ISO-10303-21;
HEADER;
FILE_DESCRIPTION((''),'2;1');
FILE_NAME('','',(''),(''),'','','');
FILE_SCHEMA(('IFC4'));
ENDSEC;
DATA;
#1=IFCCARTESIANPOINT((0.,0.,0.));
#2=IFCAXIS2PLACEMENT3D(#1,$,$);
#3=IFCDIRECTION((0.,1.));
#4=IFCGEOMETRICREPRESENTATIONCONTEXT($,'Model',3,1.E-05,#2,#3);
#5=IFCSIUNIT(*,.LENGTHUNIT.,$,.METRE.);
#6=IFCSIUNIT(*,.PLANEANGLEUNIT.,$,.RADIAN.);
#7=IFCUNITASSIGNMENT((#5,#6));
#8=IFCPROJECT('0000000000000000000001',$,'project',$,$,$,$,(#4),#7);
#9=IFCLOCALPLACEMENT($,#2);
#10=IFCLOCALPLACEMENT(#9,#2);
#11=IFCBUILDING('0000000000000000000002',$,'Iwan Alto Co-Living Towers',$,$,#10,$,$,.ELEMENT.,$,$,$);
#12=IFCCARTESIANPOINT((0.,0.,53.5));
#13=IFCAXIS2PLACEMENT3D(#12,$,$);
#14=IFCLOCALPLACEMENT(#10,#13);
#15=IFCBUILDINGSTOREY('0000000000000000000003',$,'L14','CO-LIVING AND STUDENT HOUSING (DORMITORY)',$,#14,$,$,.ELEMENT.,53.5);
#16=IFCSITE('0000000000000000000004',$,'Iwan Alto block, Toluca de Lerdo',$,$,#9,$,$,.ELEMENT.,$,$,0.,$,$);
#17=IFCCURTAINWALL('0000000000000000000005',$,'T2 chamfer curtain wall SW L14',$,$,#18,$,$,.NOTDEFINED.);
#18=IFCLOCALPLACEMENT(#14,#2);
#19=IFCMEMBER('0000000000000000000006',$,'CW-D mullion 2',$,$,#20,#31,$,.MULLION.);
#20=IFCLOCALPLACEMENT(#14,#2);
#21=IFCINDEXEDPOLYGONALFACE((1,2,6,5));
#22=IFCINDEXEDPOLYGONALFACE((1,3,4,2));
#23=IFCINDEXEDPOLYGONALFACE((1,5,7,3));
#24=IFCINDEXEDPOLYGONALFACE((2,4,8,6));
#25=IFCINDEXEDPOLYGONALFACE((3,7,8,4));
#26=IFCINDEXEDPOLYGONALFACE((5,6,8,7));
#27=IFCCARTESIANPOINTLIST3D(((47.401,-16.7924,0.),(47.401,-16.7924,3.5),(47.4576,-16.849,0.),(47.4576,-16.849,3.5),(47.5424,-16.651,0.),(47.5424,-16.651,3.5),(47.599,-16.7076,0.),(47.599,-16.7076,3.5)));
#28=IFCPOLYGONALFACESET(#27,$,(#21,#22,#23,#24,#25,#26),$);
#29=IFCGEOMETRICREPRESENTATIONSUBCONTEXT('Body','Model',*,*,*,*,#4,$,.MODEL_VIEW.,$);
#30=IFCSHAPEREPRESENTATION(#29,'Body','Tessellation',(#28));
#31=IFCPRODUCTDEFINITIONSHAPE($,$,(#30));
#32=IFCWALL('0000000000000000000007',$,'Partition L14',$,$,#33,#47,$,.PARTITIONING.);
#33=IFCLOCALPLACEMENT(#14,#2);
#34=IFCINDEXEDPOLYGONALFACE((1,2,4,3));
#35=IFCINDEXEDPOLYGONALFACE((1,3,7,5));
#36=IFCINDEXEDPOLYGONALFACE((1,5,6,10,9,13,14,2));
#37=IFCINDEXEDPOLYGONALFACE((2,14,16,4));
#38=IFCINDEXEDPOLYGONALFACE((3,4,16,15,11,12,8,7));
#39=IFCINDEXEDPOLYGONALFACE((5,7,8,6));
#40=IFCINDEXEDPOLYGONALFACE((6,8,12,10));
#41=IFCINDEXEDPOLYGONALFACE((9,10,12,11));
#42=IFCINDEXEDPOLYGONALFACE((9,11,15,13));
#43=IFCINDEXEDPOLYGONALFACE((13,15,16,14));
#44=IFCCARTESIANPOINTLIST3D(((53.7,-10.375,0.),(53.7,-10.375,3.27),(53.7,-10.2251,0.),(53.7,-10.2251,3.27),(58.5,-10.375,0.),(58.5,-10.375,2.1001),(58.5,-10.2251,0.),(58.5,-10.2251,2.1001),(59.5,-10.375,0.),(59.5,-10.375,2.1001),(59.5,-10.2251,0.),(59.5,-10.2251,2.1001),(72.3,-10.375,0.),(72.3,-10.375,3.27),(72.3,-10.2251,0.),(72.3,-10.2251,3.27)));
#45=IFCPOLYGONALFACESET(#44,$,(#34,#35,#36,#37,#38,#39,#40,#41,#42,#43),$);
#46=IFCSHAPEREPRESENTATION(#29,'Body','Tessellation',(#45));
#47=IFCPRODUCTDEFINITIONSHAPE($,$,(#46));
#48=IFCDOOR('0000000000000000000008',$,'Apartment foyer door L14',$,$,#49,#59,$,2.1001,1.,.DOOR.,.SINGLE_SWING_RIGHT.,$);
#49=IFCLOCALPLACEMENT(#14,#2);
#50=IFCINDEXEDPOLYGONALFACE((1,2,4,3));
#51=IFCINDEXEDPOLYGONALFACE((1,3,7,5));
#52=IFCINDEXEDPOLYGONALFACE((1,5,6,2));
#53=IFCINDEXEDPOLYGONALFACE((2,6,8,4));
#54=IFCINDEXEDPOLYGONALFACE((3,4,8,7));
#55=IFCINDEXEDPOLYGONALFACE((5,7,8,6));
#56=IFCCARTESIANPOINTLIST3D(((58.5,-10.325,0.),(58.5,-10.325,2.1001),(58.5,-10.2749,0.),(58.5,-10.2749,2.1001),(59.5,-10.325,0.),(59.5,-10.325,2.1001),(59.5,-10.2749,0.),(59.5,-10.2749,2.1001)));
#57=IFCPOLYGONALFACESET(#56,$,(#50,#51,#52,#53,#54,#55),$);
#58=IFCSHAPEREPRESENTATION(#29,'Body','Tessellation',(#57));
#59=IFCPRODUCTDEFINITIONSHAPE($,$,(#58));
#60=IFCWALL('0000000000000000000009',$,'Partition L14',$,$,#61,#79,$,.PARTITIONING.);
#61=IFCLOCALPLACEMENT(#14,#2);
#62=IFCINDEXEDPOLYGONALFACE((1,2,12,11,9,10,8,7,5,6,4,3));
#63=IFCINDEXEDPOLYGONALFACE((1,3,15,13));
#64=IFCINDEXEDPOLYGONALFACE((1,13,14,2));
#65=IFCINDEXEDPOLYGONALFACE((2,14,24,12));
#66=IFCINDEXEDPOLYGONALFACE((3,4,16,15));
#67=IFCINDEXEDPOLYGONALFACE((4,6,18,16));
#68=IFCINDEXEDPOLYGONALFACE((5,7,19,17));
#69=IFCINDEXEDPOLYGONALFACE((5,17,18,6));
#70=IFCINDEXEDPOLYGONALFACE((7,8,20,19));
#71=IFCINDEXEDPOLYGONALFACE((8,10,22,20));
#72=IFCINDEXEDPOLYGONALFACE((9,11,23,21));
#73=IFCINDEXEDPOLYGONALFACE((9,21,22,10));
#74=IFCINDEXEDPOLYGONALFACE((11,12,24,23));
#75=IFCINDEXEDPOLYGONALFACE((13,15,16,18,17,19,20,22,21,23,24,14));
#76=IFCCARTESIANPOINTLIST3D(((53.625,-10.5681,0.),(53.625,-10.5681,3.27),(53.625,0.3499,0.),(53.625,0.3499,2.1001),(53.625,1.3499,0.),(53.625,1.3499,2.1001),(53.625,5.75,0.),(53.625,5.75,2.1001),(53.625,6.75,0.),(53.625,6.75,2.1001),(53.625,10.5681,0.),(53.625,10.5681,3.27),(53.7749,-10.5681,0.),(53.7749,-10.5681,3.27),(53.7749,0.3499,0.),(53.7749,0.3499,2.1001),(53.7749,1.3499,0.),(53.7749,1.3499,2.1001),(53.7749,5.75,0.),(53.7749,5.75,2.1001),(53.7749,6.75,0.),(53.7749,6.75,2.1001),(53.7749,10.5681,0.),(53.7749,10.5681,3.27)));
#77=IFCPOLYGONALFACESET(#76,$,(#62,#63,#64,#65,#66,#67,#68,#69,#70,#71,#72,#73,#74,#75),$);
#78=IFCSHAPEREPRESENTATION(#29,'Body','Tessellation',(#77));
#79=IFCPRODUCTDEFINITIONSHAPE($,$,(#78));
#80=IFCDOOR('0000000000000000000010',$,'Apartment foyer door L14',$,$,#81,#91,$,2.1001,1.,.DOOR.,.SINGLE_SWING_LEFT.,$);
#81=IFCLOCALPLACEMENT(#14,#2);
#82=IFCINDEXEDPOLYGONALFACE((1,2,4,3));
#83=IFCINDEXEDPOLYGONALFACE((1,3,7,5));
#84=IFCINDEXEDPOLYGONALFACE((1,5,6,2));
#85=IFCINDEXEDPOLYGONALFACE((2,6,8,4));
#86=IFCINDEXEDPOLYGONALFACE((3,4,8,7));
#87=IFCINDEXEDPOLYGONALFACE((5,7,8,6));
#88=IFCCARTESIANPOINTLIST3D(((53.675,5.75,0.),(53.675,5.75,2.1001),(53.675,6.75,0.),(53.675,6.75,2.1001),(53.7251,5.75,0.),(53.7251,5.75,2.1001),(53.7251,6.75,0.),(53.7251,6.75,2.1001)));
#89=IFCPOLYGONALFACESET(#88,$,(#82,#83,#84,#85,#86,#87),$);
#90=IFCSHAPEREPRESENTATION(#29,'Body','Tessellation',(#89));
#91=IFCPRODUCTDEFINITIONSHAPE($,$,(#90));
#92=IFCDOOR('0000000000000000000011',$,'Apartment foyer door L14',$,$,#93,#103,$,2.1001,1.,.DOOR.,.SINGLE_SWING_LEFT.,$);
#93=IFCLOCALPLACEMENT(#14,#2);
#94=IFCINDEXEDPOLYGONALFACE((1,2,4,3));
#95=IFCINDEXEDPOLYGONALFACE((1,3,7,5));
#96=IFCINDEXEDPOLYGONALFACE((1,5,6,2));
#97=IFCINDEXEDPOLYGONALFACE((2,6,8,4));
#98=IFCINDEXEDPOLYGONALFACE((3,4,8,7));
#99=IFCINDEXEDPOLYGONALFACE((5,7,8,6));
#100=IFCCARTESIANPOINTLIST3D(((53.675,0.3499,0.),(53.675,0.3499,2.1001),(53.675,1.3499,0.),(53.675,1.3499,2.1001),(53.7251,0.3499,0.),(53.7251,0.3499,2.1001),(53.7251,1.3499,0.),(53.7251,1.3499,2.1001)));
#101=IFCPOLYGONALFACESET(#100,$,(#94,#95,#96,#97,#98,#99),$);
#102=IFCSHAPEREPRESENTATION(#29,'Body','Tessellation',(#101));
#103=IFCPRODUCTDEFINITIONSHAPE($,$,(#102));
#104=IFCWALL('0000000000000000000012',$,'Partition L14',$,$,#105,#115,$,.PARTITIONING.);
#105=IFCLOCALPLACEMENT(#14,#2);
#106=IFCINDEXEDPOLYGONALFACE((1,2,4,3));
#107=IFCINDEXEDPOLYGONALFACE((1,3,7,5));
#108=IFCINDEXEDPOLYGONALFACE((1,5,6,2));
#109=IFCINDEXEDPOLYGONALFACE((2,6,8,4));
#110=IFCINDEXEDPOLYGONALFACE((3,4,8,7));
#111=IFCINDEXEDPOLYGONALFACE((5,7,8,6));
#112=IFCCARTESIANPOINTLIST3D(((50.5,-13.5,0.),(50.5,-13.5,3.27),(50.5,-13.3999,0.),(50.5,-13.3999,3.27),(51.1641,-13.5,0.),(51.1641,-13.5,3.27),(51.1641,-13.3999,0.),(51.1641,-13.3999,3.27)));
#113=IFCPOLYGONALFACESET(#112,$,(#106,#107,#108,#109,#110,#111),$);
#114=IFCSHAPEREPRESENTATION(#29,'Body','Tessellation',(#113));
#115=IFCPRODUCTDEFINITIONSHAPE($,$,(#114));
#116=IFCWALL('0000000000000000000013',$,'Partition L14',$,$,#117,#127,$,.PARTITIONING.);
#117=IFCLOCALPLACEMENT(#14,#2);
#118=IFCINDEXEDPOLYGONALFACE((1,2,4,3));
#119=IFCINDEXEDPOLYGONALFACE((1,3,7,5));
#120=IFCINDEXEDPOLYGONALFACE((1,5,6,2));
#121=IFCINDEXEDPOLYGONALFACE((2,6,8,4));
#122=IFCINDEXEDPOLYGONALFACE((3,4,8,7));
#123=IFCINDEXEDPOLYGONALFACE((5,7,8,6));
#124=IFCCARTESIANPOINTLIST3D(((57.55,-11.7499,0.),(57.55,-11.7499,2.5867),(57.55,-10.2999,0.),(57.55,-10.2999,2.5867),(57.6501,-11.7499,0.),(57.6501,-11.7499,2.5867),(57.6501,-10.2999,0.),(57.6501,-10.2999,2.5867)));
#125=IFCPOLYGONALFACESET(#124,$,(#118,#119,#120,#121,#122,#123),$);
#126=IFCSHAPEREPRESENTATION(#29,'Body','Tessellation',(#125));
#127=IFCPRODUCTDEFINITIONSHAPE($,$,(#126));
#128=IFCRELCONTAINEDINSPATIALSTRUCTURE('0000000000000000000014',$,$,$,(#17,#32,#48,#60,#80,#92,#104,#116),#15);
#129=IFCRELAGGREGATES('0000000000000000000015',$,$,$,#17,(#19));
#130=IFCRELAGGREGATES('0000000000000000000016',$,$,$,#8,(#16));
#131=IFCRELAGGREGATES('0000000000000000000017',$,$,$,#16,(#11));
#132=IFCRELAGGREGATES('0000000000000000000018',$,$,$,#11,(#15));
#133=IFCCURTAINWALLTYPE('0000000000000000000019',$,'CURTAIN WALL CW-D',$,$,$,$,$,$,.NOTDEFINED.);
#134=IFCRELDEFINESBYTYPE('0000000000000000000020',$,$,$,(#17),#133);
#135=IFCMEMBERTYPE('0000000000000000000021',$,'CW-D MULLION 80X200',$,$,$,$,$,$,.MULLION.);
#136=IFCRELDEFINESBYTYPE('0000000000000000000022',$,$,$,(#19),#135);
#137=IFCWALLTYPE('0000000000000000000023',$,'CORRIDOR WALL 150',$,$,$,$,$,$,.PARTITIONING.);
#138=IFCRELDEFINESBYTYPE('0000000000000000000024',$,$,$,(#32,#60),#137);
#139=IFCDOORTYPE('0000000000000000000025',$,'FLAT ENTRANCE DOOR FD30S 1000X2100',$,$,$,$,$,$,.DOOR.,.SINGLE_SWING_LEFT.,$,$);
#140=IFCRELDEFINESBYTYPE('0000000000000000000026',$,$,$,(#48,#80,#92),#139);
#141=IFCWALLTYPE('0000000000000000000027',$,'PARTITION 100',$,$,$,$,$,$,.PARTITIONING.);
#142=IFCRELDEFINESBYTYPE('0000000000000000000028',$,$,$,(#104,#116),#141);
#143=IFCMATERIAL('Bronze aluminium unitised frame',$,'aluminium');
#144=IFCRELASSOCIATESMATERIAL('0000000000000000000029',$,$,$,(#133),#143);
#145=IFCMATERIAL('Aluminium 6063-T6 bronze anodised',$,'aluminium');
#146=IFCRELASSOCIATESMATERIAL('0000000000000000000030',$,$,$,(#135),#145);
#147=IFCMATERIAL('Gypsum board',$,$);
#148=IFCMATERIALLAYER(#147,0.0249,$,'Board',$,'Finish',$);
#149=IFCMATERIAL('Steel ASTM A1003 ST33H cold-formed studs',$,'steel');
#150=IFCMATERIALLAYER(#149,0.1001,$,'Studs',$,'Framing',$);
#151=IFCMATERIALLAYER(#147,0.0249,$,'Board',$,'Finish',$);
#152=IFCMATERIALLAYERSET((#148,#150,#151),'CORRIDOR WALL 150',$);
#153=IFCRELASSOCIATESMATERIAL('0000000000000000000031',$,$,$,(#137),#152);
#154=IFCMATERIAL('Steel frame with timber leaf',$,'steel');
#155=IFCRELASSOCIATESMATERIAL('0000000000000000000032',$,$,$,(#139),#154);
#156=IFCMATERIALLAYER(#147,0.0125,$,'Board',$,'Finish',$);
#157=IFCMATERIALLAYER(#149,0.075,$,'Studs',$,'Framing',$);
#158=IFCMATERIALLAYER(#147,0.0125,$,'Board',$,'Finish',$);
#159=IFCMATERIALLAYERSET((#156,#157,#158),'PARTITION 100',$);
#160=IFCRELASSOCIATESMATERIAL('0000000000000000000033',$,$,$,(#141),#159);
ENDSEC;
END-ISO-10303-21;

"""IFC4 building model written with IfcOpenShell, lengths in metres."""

from ifc_helpers import new_model, si_unit, direction, frame, frame_2d, origin, origin_2d, place, context, subcontext, project, spatial, rectangle, extrude, material, layer, layer_set, material_profile, profile_set, type_object, element, fill, aggregate, save


model = new_model("IFC4")

# Units and contexts
model_context = context("Model", 3, precision=1e-05, world=origin(), true_north=direction((0.0, 1.0)))
body_context = subcontext(model_context, "Body", "Model", "MODEL_VIEW")
ifc_project = project(units=[si_unit("LENGTHUNIT", "METRE"), si_unit("PLANEANGLEUNIT", "RADIAN")], contexts=[model_context])

# Site, building, storey
site_placement = place(None, origin())
site = spatial("IfcSite", under=ifc_project, at=site_placement, Name="Iwan Alto block, Toluca de Lerdo", CompositionType="ELEMENT", RefElevation=0.0)
building_placement = place(site_placement, origin())
building = spatial("IfcBuilding", under=site, at=building_placement, Name="Iwan Alto Co-Living Towers", CompositionType="ELEMENT")
storey_placement = place(building_placement, frame((0.0, 0.0, 53.5)))
storey = spatial("IfcBuildingStorey", under=building, at=storey_placement, Name="L14", Description="CO-LIVING AND STUDENT HOUSING (DORMITORY)", CompositionType="ELEMENT", Elevation=53.5)

# Curtain wall, member
ifc_material_1 = material(Name="Bronze aluminium unitised frame", Category="aluminium")
curtain_wall_type = type_object("IfcCurtainWallType", Name="CURTAIN WALL CW-D", PredefinedType="NOTDEFINED", material=ifc_material_1)
curtain_wall_placement = place(storey_placement, origin())
curtain_wall = element("IfcCurtainWall", 1, at=curtain_wall_placement, inside=storey, type_object=curtain_wall_type, Name="T2 chamfer curtain wall SW L14", PredefinedType="NOTDEFINED")
ifc_material_2 = material(Name="Aluminium 6063-T6 bronze anodised", Category="aluminium")
ifc_material_profile = material_profile(ifc_material_2, rectangle(XDim=0.2, YDim=0.0801, at=origin_2d()), Name="AL 80X200")
ifc_profile_set = profile_set([ifc_material_profile], Name="Aluminium 6063-T6 bronze anodised")
member_type = type_object("IfcMemberType", Name="CW-D MULLION 80X200", PredefinedType="MULLION", material=ifc_profile_set)
member_placement = place(storey_placement, frame((47.5, -16.75, 0.0), z_axis=(0.0, 0.0, 1.0), x_axis=(0.707107, 0.707107, 0.0)))
member = element("IfcMember", 2, at=member_placement, type_object=member_type, Name="CW-D mullion 2", PredefinedType="MULLION", context=body_context, shape_type="SweptSolid", body=[
    extrude(rectangle(XDim=0.2, YDim=0.0801, at=origin_2d()), origin(), (0.0, 0.0, 1.0), 3.5),
])
aggregate(curtain_wall, [member])

# Wall, opening, door
ifc_material_3 = material(Name="Gypsum board")
ifc_layer_1 = layer(ifc_material_3, 0.0249, Name="Board", Category="Finish")
ifc_material_4 = material(Name="Steel ASTM A1003 ST33H cold-formed studs", Category="steel")
ifc_layer_2 = layer(ifc_material_4, 0.1001, Name="Studs", Category="Framing")
ifc_layer_3 = layer(ifc_material_3, 0.0249, Name="Board", Category="Finish")
ifc_layer_set_1 = layer_set([ifc_layer_1, ifc_layer_2, ifc_layer_3], Name="CORRIDOR WALL 150")
wall_type_1 = type_object("IfcWallType", Name="CORRIDOR WALL 150", PredefinedType="PARTITIONING", material=ifc_layer_set_1)
wall_1_placement = place(storey_placement, frame((53.7, -10.3, 0.0), z_axis=(0.0, 0.0, 1.0), x_axis=(1.0, 0.0, 0.0)))
wall_1 = element("IfcWall", 3, at=wall_1_placement, inside=storey, type_object=wall_type_1, Name="Partition L14", PredefinedType="PARTITIONING", context=body_context, shape_type="SweptSolid", body=[
    extrude(rectangle(XDim=18.6001, YDim=0.1499, at=frame_2d((9.3, 0.0))), origin(), (0.0, 0.0, 1.0), 3.27),
])
opening_1_placement = place(wall_1_placement, frame((4.8, 0.0, 0.0)))
opening_1 = element("IfcOpeningElement", 4, at=opening_1_placement, cuts=wall_1, PredefinedType="OPENING", context=body_context, shape_type="SweptSolid", body=[
    extrude(rectangle(XDim=1.0, YDim=2.1001, at=frame_2d((0.5, 1.05))), frame((0.0, 0.085, 0.0), z_axis=(0.0, -1.0, 0.0), x_axis=(1.0, 0.0, 0.0)), (0.0, 0.0, 1.0), 0.1699),
])
ifc_material_5 = material(Name="Steel frame with timber leaf", Category="steel")
door_type_1 = type_object("IfcDoorType", Name="FLAT ENTRANCE DOOR FD30S 1000X2100", OperationType="SINGLE_SWING_LEFT", PredefinedType="DOOR", material=ifc_material_5)
door_1_placement = place(opening_1_placement, frame((1.0, 0.0, 0.0), z_axis=(0.0, 0.0, 1.0), x_axis=(-1.0, 0.0, 0.0)))
door_1 = element("IfcDoor", 5, at=door_1_placement, inside=storey, type_object=door_type_1, Name="Apartment foyer door L14", OperationType="SINGLE_SWING_RIGHT", OverallHeight=2.1001, OverallWidth=1.0, PredefinedType="DOOR", context=body_context, shape_type="SweptSolid", body=[
    extrude(rectangle(XDim=1.0, YDim=2.1001, at=frame_2d((0.5, 1.05))), frame((0.0, 0.0249, 0.0), z_axis=(0.0, -1.0, 0.0), x_axis=(1.0, 0.0, 0.0)), (0.0, 0.0, 1.0), 0.05),
])
fill(opening_1, door_1)

# Wall, openings, doors
wall_2_placement = place(storey_placement, frame((53.7, -10.5681, 0.0), z_axis=(0.0, 0.0, 1.0), x_axis=(0.0, 1.0, 0.0)))
wall_2 = element("IfcWall", 6, at=wall_2_placement, inside=storey, type_object=wall_type_1, Name="Partition L14", PredefinedType="PARTITIONING", context=body_context, shape_type="SweptSolid", body=[
    extrude(rectangle(XDim=21.1362, YDim=0.1499, at=frame_2d((10.5681, 0.0))), origin(), (0.0, 0.0, 1.0), 3.27),
])
opening_2_placement = place(wall_2_placement, frame((16.3181, 0.0, 0.0)))
opening_2 = element("IfcOpeningElement", 7, at=opening_2_placement, cuts=wall_2, PredefinedType="OPENING", context=body_context, shape_type="SweptSolid", body=[
    extrude(rectangle(XDim=1.0, YDim=2.1001, at=frame_2d((0.5, 1.05))), frame((0.0, 0.085, 0.0), z_axis=(0.0, -1.0, 0.0), x_axis=(1.0, 0.0, 0.0)), (0.0, 0.0, 1.0), 0.1699),
])
opening_3_placement = place(wall_2_placement, frame((10.918, 0.0, 0.0)))
opening_3 = element("IfcOpeningElement", 8, at=opening_3_placement, cuts=wall_2, PredefinedType="OPENING", context=body_context, shape_type="SweptSolid", body=[
    extrude(rectangle(XDim=1.0, YDim=2.1001, at=frame_2d((0.5, 1.05))), frame((0.0, 0.085, 0.0), z_axis=(0.0, -1.0, 0.0), x_axis=(1.0, 0.0, 0.0)), (0.0, 0.0, 1.0), 0.1699),
])
door_2_placement = place(opening_2_placement, origin())
door_2 = element("IfcDoor", 9, at=door_2_placement, inside=storey, type_object=door_type_1, Name="Apartment foyer door L14", OperationType="SINGLE_SWING_LEFT", OverallHeight=2.1001, OverallWidth=1.0, PredefinedType="DOOR", context=body_context, shape_type="SweptSolid", body=[
    extrude(rectangle(XDim=1.0, YDim=2.1001, at=frame_2d((0.5, 1.05))), frame((0.0, 0.0249, 0.0), z_axis=(0.0, -1.0, 0.0), x_axis=(1.0, 0.0, 0.0)), (0.0, 0.0, 1.0), 0.05),
])
fill(opening_2, door_2)
door_3_placement = place(opening_3_placement, origin())
door_3 = element("IfcDoor", 10, at=door_3_placement, inside=storey, type_object=door_type_1, Name="Apartment foyer door L14", OperationType="SINGLE_SWING_LEFT", OverallHeight=2.1001, OverallWidth=1.0, PredefinedType="DOOR", context=body_context, shape_type="SweptSolid", body=[
    extrude(rectangle(XDim=1.0, YDim=2.1001, at=frame_2d((0.5, 1.05))), frame((0.0, 0.0249, 0.0), z_axis=(0.0, -1.0, 0.0), x_axis=(1.0, 0.0, 0.0)), (0.0, 0.0, 1.0), 0.05),
])
fill(opening_3, door_3)

# Walls
ifc_layer_4 = layer(ifc_material_3, 0.0125, Name="Board", Category="Finish")
ifc_layer_5 = layer(ifc_material_4, 0.075, Name="Studs", Category="Framing")
ifc_layer_6 = layer(ifc_material_3, 0.0125, Name="Board", Category="Finish")
ifc_layer_set_2 = layer_set([ifc_layer_4, ifc_layer_5, ifc_layer_6], Name="PARTITION 100")
wall_type_2 = type_object("IfcWallType", Name="PARTITION 100", PredefinedType="PARTITIONING", material=ifc_layer_set_2)
wall_3_placement = place(storey_placement, frame((50.5, -13.45, 0.0), z_axis=(0.0, 0.0, 1.0), x_axis=(1.0, 0.0, 0.0)))
element("IfcWall", 11, at=wall_3_placement, inside=storey, type_object=wall_type_2, Name="Partition L14", PredefinedType="PARTITIONING", context=body_context, shape_type="SweptSolid", body=[
    extrude(rectangle(XDim=0.6641, YDim=0.1001, at=frame_2d((0.332, 0.0))), origin(), (0.0, 0.0, 1.0), 3.27),
])
wall_4_placement = place(storey_placement, frame((57.6001, -11.75, 0.0), z_axis=(0.0, 0.0, 1.0), x_axis=(0.0, 1.0, 0.0)))
element("IfcWall", 12, at=wall_4_placement, inside=storey, type_object=wall_type_2, Name="Partition L14", PredefinedType="PARTITIONING", context=body_context, shape_type="SweptSolid", body=[
    extrude(rectangle(XDim=1.45, YDim=0.1001, at=frame_2d((0.7251, 0.0))), origin(), (0.0, 0.0, 1.0), 2.5867),
])

save(model, "model.ifc")
